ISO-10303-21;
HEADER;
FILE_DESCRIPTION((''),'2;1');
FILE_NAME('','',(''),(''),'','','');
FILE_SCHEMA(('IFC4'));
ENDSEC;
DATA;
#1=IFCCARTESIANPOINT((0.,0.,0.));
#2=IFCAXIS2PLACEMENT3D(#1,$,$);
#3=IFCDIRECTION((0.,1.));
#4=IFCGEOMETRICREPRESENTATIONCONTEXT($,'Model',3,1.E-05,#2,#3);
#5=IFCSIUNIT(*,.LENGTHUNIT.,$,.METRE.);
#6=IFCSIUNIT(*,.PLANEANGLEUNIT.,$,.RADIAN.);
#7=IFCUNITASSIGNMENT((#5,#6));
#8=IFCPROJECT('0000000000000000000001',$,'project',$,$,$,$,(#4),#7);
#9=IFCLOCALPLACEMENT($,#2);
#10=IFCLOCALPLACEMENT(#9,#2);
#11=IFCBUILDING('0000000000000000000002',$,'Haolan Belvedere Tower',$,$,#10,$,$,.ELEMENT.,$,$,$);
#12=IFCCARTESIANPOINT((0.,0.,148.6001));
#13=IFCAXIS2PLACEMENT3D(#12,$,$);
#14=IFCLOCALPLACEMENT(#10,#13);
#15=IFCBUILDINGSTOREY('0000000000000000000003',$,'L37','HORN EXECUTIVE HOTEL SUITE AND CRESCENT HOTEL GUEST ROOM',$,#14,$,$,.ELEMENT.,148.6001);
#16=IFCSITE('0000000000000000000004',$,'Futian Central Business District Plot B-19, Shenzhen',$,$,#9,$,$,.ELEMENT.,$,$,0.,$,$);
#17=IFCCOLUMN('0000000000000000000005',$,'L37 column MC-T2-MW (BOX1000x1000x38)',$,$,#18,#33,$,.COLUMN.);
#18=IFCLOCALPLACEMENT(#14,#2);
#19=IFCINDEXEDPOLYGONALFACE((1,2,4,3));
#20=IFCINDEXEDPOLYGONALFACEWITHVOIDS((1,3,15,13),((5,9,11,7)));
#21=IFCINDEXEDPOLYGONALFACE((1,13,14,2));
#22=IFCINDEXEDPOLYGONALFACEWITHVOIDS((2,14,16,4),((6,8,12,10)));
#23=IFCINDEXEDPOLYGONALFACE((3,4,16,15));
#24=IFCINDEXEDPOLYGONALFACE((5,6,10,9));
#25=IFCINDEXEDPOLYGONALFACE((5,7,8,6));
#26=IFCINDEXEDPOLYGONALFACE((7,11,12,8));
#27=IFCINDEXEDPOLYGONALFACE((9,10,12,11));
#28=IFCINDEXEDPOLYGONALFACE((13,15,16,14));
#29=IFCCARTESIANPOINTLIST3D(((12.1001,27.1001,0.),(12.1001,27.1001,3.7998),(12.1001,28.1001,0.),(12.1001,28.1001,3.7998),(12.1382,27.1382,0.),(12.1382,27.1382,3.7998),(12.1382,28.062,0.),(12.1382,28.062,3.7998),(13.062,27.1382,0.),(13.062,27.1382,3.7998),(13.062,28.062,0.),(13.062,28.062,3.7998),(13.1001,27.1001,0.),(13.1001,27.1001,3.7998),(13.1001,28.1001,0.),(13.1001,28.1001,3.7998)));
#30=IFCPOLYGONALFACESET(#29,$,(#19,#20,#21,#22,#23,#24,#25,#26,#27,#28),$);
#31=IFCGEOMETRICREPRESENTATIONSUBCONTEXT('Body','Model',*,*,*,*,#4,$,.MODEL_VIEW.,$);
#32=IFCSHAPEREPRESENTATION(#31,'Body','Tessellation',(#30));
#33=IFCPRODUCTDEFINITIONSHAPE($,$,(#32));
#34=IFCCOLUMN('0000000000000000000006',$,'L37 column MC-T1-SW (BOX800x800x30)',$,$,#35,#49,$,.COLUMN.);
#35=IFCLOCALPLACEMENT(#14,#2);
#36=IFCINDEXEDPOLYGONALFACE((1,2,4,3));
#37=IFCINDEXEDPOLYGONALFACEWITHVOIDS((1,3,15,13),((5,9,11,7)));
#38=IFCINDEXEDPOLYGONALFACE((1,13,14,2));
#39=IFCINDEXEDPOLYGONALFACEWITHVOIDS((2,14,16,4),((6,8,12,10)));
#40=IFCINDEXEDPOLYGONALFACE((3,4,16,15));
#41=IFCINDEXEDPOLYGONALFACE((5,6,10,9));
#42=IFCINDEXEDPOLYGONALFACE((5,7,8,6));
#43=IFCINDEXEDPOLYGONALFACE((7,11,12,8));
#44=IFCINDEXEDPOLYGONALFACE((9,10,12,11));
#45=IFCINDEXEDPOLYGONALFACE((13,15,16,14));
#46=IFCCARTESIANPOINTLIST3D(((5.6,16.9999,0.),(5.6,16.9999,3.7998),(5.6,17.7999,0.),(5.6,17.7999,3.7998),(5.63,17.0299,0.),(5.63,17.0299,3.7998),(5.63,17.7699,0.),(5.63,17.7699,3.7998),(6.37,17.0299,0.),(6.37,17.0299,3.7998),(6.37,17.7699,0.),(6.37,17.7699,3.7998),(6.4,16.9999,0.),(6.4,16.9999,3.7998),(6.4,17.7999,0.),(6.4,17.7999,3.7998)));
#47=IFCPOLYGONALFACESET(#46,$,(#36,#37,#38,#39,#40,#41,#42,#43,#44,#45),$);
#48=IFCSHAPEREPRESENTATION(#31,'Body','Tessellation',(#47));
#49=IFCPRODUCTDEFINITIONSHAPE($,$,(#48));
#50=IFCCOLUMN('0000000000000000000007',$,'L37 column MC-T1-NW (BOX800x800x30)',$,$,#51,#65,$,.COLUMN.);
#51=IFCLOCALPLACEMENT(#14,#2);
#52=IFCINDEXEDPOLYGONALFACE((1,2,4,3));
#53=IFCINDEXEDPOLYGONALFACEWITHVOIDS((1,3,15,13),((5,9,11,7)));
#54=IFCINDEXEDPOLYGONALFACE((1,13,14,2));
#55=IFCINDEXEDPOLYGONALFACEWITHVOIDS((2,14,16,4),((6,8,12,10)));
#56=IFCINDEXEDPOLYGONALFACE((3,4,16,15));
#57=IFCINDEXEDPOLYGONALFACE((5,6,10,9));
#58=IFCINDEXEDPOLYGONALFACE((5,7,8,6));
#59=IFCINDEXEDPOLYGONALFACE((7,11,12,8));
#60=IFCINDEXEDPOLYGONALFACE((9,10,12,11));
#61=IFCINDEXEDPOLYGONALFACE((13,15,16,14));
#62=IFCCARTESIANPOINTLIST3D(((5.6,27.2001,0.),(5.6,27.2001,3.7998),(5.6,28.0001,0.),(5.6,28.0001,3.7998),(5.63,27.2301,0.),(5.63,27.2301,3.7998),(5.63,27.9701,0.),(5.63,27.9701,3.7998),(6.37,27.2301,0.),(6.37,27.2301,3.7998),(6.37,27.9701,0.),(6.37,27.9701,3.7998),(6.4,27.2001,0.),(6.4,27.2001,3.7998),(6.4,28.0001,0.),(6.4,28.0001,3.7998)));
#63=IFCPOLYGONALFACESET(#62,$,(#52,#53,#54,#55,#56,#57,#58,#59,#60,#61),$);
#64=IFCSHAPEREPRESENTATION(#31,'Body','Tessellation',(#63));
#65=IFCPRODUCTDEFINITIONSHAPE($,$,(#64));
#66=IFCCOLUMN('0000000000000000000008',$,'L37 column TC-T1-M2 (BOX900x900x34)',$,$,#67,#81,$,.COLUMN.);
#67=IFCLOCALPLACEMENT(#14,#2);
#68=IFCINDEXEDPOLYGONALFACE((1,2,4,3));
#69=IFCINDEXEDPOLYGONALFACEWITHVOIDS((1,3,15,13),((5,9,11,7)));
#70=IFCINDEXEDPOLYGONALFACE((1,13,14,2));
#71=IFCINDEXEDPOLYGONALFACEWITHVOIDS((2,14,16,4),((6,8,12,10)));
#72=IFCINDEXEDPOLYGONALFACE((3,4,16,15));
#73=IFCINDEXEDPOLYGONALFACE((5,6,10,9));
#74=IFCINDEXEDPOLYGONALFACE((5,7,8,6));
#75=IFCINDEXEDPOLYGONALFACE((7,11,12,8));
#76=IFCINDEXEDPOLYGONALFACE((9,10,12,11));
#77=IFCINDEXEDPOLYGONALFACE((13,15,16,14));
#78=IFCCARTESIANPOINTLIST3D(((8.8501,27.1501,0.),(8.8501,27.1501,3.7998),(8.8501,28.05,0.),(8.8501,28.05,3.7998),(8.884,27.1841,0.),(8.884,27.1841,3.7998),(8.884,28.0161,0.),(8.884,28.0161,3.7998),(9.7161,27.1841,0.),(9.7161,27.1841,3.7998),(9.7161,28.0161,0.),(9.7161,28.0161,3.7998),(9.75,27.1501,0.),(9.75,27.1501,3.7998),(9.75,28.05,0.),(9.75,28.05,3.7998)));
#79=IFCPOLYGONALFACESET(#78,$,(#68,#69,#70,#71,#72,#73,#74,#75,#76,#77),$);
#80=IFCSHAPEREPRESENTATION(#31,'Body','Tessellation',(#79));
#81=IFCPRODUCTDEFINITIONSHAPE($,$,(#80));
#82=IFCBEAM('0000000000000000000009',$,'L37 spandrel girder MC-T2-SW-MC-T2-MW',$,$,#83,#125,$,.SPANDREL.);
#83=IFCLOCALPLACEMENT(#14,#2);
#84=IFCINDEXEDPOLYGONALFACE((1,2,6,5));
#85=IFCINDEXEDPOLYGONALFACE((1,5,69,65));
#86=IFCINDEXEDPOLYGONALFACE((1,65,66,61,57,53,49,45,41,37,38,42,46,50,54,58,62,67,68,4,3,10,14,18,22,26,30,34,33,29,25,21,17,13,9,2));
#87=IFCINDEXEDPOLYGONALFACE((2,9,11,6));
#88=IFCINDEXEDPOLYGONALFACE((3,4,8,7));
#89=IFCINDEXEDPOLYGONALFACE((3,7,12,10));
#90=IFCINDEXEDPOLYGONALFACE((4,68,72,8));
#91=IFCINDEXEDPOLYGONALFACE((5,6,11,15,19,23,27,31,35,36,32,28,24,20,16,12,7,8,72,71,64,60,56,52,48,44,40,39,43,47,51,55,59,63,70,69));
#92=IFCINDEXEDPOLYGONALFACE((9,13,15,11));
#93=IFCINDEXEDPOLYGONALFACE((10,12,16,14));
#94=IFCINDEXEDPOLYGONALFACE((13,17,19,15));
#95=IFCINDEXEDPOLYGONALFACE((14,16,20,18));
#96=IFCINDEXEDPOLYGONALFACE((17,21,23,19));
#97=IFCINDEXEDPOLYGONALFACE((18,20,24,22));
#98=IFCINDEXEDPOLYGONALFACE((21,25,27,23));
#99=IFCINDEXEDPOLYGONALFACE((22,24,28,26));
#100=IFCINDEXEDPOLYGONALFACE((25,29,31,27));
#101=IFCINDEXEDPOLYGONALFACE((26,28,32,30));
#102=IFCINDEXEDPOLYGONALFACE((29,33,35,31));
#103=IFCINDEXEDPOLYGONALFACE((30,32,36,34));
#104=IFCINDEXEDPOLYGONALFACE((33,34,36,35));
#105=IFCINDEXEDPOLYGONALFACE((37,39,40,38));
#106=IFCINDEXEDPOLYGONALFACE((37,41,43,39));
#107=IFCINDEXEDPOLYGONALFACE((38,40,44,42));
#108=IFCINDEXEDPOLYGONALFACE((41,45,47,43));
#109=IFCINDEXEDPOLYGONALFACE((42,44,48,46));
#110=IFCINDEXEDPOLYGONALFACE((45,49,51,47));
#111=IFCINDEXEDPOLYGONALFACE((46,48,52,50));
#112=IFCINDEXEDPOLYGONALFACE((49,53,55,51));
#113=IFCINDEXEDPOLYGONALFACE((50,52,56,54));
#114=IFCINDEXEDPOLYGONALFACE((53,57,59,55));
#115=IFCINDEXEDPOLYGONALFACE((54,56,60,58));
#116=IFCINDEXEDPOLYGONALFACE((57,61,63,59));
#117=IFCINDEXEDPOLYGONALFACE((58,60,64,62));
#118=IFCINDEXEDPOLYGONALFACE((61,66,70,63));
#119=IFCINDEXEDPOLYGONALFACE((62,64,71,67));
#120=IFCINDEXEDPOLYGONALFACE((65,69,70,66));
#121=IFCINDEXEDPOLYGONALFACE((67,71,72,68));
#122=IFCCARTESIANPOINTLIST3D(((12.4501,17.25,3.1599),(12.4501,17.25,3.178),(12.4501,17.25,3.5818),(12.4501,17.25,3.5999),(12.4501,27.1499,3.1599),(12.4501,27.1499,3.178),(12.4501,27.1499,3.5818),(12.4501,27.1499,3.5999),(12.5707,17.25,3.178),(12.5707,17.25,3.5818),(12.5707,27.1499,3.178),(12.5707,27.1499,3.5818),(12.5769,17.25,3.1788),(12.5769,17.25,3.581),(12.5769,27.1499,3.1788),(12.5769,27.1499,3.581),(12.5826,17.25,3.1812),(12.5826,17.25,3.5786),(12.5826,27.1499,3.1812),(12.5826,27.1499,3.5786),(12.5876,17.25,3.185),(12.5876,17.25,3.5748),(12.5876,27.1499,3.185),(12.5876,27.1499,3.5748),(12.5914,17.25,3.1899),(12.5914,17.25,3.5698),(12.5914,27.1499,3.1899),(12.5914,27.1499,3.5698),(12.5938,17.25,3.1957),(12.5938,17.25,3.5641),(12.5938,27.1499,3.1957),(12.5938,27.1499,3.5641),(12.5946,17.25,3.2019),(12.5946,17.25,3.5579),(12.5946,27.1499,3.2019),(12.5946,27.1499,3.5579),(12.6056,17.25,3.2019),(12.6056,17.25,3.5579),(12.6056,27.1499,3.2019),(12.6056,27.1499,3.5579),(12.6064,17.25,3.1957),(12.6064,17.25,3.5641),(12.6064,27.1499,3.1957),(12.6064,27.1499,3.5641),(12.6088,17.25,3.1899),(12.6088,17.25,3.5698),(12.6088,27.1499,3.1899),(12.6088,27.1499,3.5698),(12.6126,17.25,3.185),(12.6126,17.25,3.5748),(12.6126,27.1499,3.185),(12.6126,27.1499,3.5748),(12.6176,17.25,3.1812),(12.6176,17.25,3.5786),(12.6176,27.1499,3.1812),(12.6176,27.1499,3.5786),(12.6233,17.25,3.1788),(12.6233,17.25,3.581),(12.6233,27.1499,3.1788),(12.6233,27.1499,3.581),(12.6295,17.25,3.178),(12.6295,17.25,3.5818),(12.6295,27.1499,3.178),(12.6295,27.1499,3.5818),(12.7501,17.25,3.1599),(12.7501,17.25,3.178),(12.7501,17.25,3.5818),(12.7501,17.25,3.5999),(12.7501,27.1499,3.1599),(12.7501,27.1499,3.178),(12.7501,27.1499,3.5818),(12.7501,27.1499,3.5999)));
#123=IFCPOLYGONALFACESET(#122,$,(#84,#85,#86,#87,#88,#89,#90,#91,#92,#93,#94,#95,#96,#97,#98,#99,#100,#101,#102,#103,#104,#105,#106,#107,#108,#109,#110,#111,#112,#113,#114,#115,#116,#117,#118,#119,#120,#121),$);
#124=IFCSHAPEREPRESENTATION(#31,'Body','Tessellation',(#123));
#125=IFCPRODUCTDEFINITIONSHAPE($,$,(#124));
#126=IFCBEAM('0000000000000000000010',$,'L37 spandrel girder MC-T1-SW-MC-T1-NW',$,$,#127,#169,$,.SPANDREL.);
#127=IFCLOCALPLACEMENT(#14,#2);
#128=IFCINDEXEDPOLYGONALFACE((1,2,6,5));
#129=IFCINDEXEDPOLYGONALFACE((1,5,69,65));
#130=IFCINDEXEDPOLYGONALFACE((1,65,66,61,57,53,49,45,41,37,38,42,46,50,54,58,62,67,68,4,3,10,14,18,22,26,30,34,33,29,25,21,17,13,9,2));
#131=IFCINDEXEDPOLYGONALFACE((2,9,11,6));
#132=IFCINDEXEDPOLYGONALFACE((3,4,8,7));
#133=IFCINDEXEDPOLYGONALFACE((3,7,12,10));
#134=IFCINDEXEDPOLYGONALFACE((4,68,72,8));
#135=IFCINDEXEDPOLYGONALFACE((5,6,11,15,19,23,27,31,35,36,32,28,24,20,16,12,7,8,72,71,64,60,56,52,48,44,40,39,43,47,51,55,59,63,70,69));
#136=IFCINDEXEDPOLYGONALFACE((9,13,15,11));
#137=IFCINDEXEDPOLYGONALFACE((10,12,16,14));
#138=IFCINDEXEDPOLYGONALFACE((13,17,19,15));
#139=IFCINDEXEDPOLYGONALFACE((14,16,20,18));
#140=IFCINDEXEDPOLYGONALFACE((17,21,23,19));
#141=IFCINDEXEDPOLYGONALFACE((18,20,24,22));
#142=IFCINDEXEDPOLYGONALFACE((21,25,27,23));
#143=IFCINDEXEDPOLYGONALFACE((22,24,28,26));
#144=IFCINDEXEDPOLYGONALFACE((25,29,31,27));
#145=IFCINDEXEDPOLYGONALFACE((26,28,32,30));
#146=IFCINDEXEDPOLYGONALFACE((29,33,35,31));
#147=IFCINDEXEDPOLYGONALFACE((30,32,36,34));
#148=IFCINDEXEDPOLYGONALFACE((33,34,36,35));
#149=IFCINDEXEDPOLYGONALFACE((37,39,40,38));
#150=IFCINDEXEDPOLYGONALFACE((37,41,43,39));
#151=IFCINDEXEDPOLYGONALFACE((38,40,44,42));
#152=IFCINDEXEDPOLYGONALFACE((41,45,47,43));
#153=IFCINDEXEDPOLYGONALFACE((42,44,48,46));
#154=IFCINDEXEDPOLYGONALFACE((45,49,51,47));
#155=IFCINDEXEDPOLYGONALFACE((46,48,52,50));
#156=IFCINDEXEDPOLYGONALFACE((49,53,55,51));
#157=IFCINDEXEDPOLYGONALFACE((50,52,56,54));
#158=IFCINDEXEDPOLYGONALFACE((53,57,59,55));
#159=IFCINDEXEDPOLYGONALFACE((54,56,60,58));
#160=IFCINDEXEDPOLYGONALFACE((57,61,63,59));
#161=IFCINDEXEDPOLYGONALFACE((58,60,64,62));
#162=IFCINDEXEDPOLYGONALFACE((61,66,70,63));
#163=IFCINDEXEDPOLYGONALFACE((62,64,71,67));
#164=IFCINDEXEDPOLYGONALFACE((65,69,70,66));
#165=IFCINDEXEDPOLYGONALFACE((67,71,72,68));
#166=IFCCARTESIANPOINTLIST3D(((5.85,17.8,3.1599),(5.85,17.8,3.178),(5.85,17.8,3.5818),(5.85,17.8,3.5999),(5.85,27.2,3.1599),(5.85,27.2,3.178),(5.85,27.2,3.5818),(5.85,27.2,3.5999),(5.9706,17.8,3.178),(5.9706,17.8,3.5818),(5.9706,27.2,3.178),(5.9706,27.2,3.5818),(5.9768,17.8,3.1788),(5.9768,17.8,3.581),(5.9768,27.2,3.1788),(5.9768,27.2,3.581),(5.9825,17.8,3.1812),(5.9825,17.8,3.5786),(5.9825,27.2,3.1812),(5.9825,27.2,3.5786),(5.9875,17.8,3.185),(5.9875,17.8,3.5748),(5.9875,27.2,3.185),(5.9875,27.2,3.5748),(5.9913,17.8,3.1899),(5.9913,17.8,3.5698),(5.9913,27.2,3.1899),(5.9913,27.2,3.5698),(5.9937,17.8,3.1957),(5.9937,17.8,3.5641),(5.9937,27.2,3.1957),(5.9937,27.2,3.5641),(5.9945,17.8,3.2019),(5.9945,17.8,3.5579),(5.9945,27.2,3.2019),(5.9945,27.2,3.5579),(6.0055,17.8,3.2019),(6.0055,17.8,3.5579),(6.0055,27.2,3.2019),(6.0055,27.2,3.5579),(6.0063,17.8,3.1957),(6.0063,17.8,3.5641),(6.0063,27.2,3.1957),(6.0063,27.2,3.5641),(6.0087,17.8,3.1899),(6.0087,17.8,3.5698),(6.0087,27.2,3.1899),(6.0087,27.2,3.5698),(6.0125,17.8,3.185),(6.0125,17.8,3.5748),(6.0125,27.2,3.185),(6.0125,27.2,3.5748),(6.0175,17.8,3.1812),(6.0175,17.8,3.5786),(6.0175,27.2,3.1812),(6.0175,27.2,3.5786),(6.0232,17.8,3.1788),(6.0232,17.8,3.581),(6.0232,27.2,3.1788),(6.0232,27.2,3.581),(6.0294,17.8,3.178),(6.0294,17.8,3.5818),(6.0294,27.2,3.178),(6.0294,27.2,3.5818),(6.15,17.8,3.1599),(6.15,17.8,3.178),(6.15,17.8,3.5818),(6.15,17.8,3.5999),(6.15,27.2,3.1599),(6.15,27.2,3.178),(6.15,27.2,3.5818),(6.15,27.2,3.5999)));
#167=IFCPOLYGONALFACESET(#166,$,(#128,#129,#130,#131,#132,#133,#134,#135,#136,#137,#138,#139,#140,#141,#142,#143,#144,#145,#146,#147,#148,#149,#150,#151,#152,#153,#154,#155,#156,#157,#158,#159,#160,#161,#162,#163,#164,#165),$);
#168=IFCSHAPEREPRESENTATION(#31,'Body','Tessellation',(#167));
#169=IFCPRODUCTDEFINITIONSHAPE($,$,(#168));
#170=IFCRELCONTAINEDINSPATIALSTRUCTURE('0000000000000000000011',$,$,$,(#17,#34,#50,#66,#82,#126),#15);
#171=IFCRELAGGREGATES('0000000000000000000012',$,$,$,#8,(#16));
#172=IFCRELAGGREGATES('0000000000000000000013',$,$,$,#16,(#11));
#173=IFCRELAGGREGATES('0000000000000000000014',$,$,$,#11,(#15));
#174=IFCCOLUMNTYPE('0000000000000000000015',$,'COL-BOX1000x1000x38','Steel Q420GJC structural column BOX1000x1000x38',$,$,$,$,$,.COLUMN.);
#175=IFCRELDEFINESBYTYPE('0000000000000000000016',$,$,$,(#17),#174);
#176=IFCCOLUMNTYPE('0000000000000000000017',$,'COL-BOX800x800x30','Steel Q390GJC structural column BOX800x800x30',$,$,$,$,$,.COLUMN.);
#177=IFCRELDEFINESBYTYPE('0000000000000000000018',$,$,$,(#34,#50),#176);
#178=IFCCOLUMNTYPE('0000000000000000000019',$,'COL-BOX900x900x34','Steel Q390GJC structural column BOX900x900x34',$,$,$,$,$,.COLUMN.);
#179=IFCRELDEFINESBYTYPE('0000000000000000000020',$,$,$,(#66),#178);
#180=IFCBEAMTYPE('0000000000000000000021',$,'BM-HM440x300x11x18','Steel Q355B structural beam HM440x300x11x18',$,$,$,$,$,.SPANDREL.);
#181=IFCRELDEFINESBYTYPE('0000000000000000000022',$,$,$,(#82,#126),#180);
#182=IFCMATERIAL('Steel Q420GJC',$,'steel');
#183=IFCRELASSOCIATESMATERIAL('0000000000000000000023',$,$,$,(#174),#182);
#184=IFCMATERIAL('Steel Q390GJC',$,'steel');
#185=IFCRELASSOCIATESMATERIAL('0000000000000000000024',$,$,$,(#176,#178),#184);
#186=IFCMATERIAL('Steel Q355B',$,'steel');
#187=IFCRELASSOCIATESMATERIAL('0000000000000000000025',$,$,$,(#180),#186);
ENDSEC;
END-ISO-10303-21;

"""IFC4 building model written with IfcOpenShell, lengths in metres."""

from ifc_helpers import new_model, si_unit, direction, frame, origin, origin_2d, place, context, subcontext, project, spatial, hollow_rectangle, i_section, extrude, material, material_profile, profile_set, type_object, element, save


model = new_model("IFC4")

# Units and contexts
model_context = context("Model", 3, precision=1e-05, world=origin(), true_north=direction((0.0, 1.0)))
body_context = subcontext(model_context, "Body", "Model", "MODEL_VIEW")
ifc_project = project(units=[si_unit("LENGTHUNIT", "METRE"), si_unit("PLANEANGLEUNIT", "RADIAN")], contexts=[model_context])

# Site, building, storey
site_placement = place(None, origin())
site = spatial("IfcSite", under=ifc_project, at=site_placement, Name="Futian Central Business District Plot B-19, Shenzhen", CompositionType="ELEMENT", RefElevation=0.0)
building_placement = place(site_placement, origin())
building = spatial("IfcBuilding", under=site, at=building_placement, Name="Haolan Belvedere Tower", CompositionType="ELEMENT")
storey_placement = place(building_placement, frame((0.0, 0.0, 148.6001)))
storey = spatial("IfcBuildingStorey", under=building, at=storey_placement, Name="L37", Description="HORN EXECUTIVE HOTEL SUITE AND CRESCENT HOTEL GUEST ROOM", CompositionType="ELEMENT", Elevation=148.6001)

# Columns
ifc_material_1 = material(Name="Steel Q420GJC", Category="steel")
ifc_material_profile_1 = material_profile(ifc_material_1, hollow_rectangle(XDim=1.0, YDim=1.0, WallThickness=0.0381, at=origin_2d()), Name="Steel Q420GJC")
ifc_profile_set_1 = profile_set([ifc_material_profile_1], Name="Steel Q420GJC")
column_type_1 = type_object("IfcColumnType", Name="COL-BOX1000x1000x38", Description="Steel Q420GJC structural column BOX1000x1000x38", PredefinedType="COLUMN", material=ifc_profile_set_1)
column_1_placement = place(storey_placement, frame((12.6001, 27.6001, 0.0), z_axis=(0.0, 0.0, 1.0), x_axis=(1.0, 0.0, 0.0)))
element("IfcColumn", 1, at=column_1_placement, inside=storey, type_object=column_type_1, Name="L37 column MC-T2-MW (BOX1000x1000x38)", PredefinedType="COLUMN", context=body_context, shape_type="SweptSolid", body=[
    extrude(hollow_rectangle(XDim=1.0, YDim=1.0, WallThickness=0.0381, at=origin_2d()), origin(), (0.0, 0.0, 1.0), 3.7998),
])
ifc_material_2 = material(Name="Steel Q390GJC", Category="steel")
ifc_material_profile_2 = material_profile(ifc_material_2, hollow_rectangle(XDim=0.8, YDim=0.8, WallThickness=0.03, at=origin_2d()), Name="Steel Q390GJC")
ifc_profile_set_2 = profile_set([ifc_material_profile_2], Name="Steel Q390GJC")
column_type_2 = type_object("IfcColumnType", Name="COL-BOX800x800x30", Description="Steel Q390GJC structural column BOX800x800x30", PredefinedType="COLUMN", material=ifc_profile_set_2)
for number, where, z_axis, x_axis, name in (
    (2, (6.0, 17.3999, 0.0), (0.0, 0.0, 1.0), (1.0, 0.0, 0.0), "L37 column MC-T1-SW (BOX800x800x30)"),
    (3, (6.0, 27.6001, 0.0), (0.0, 0.0, 1.0), (1.0, 0.0, 0.0), "L37 column MC-T1-NW (BOX800x800x30)"),
):
    element("IfcColumn", number, at=place(storey_placement, frame(where, z_axis=z_axis, x_axis=x_axis)), inside=storey, type_object=column_type_2, Name=name, PredefinedType="COLUMN", context=body_context, shape_type="SweptSolid", body=[
        extrude(hollow_rectangle(XDim=0.8, YDim=0.8, WallThickness=0.03, at=origin_2d()), origin(), (0.0, 0.0, 1.0), 3.7998),
    ])
ifc_material_profile_3 = material_profile(ifc_material_2, hollow_rectangle(XDim=0.8999, YDim=0.8999, WallThickness=0.0339, at=origin_2d()), Name="Steel Q390GJC")
ifc_profile_set_3 = profile_set([ifc_material_profile_3], Name="Steel Q390GJC")
column_type_3 = type_object("IfcColumnType", Name="COL-BOX900x900x34", Description="Steel Q390GJC structural column BOX900x900x34", PredefinedType="COLUMN", material=ifc_profile_set_3)
column_2_placement = place(storey_placement, frame((9.3, 27.6001, 0.0), z_axis=(0.0, 0.0, 1.0), x_axis=(1.0, 0.0, 0.0)))
element("IfcColumn", 4, at=column_2_placement, inside=storey, type_object=column_type_3, Name="L37 column TC-T1-M2 (BOX900x900x34)", PredefinedType="COLUMN", context=body_context, shape_type="SweptSolid", body=[
    extrude(hollow_rectangle(XDim=0.8999, YDim=0.8999, WallThickness=0.0339, at=origin_2d()), origin(), (0.0, 0.0, 1.0), 3.7998),
])

# Beams
ifc_material_3 = material(Name="Steel Q355B", Category="steel")
ifc_material_profile_4 = material_profile(ifc_material_3, i_section(OverallWidth=0.3, OverallDepth=0.4399, WebThickness=0.011, FlangeThickness=0.0181, FilletRadius=0.0239, at=origin_2d()), Name="Steel Q355B")
ifc_profile_set_4 = profile_set([ifc_material_profile_4], Name="Steel Q355B")
beam_type_1 = type_object("IfcBeamType", Name="BM-HM440x300x11x18", Description="Steel Q355B structural beam HM440x300x11x18", PredefinedType="SPANDREL", material=ifc_profile_set_4)
beam_1_placement = place(storey_placement, frame((12.6001, 17.25, 3.3799), z_axis=(0.0, 1.0, 0.0), x_axis=(-1.0, 0.0, 0.0)))
element("IfcBeam", 5, at=beam_1_placement, inside=storey, type_object=beam_type_1, Name="L37 spandrel girder MC-T2-SW-MC-T2-MW", PredefinedType="SPANDREL", context=body_context, shape_type="SweptSolid", body=[
    extrude(i_section(OverallWidth=0.3, OverallDepth=0.4399, WebThickness=0.011, FlangeThickness=0.0181, FilletRadius=0.0239, at=origin_2d()), origin(), (0.0, 0.0, 1.0), 9.8999),
])
beam_2_placement = place(storey_placement, frame((6.0, 17.8, 3.3799), z_axis=(0.0, 1.0, 0.0), x_axis=(-1.0, 0.0, 0.0)))
element("IfcBeam", 6, at=beam_2_placement, inside=storey, type_object=beam_type_1, Name="L37 spandrel girder MC-T1-SW-MC-T1-NW", PredefinedType="SPANDREL", context=body_context, shape_type="SweptSolid", body=[
    extrude(i_section(OverallWidth=0.3, OverallDepth=0.4399, WebThickness=0.011, FlangeThickness=0.0181, FilletRadius=0.0239, at=origin_2d()), origin(), (0.0, 0.0, 1.0), 9.3999),
])

save(model, "model.ifc")
